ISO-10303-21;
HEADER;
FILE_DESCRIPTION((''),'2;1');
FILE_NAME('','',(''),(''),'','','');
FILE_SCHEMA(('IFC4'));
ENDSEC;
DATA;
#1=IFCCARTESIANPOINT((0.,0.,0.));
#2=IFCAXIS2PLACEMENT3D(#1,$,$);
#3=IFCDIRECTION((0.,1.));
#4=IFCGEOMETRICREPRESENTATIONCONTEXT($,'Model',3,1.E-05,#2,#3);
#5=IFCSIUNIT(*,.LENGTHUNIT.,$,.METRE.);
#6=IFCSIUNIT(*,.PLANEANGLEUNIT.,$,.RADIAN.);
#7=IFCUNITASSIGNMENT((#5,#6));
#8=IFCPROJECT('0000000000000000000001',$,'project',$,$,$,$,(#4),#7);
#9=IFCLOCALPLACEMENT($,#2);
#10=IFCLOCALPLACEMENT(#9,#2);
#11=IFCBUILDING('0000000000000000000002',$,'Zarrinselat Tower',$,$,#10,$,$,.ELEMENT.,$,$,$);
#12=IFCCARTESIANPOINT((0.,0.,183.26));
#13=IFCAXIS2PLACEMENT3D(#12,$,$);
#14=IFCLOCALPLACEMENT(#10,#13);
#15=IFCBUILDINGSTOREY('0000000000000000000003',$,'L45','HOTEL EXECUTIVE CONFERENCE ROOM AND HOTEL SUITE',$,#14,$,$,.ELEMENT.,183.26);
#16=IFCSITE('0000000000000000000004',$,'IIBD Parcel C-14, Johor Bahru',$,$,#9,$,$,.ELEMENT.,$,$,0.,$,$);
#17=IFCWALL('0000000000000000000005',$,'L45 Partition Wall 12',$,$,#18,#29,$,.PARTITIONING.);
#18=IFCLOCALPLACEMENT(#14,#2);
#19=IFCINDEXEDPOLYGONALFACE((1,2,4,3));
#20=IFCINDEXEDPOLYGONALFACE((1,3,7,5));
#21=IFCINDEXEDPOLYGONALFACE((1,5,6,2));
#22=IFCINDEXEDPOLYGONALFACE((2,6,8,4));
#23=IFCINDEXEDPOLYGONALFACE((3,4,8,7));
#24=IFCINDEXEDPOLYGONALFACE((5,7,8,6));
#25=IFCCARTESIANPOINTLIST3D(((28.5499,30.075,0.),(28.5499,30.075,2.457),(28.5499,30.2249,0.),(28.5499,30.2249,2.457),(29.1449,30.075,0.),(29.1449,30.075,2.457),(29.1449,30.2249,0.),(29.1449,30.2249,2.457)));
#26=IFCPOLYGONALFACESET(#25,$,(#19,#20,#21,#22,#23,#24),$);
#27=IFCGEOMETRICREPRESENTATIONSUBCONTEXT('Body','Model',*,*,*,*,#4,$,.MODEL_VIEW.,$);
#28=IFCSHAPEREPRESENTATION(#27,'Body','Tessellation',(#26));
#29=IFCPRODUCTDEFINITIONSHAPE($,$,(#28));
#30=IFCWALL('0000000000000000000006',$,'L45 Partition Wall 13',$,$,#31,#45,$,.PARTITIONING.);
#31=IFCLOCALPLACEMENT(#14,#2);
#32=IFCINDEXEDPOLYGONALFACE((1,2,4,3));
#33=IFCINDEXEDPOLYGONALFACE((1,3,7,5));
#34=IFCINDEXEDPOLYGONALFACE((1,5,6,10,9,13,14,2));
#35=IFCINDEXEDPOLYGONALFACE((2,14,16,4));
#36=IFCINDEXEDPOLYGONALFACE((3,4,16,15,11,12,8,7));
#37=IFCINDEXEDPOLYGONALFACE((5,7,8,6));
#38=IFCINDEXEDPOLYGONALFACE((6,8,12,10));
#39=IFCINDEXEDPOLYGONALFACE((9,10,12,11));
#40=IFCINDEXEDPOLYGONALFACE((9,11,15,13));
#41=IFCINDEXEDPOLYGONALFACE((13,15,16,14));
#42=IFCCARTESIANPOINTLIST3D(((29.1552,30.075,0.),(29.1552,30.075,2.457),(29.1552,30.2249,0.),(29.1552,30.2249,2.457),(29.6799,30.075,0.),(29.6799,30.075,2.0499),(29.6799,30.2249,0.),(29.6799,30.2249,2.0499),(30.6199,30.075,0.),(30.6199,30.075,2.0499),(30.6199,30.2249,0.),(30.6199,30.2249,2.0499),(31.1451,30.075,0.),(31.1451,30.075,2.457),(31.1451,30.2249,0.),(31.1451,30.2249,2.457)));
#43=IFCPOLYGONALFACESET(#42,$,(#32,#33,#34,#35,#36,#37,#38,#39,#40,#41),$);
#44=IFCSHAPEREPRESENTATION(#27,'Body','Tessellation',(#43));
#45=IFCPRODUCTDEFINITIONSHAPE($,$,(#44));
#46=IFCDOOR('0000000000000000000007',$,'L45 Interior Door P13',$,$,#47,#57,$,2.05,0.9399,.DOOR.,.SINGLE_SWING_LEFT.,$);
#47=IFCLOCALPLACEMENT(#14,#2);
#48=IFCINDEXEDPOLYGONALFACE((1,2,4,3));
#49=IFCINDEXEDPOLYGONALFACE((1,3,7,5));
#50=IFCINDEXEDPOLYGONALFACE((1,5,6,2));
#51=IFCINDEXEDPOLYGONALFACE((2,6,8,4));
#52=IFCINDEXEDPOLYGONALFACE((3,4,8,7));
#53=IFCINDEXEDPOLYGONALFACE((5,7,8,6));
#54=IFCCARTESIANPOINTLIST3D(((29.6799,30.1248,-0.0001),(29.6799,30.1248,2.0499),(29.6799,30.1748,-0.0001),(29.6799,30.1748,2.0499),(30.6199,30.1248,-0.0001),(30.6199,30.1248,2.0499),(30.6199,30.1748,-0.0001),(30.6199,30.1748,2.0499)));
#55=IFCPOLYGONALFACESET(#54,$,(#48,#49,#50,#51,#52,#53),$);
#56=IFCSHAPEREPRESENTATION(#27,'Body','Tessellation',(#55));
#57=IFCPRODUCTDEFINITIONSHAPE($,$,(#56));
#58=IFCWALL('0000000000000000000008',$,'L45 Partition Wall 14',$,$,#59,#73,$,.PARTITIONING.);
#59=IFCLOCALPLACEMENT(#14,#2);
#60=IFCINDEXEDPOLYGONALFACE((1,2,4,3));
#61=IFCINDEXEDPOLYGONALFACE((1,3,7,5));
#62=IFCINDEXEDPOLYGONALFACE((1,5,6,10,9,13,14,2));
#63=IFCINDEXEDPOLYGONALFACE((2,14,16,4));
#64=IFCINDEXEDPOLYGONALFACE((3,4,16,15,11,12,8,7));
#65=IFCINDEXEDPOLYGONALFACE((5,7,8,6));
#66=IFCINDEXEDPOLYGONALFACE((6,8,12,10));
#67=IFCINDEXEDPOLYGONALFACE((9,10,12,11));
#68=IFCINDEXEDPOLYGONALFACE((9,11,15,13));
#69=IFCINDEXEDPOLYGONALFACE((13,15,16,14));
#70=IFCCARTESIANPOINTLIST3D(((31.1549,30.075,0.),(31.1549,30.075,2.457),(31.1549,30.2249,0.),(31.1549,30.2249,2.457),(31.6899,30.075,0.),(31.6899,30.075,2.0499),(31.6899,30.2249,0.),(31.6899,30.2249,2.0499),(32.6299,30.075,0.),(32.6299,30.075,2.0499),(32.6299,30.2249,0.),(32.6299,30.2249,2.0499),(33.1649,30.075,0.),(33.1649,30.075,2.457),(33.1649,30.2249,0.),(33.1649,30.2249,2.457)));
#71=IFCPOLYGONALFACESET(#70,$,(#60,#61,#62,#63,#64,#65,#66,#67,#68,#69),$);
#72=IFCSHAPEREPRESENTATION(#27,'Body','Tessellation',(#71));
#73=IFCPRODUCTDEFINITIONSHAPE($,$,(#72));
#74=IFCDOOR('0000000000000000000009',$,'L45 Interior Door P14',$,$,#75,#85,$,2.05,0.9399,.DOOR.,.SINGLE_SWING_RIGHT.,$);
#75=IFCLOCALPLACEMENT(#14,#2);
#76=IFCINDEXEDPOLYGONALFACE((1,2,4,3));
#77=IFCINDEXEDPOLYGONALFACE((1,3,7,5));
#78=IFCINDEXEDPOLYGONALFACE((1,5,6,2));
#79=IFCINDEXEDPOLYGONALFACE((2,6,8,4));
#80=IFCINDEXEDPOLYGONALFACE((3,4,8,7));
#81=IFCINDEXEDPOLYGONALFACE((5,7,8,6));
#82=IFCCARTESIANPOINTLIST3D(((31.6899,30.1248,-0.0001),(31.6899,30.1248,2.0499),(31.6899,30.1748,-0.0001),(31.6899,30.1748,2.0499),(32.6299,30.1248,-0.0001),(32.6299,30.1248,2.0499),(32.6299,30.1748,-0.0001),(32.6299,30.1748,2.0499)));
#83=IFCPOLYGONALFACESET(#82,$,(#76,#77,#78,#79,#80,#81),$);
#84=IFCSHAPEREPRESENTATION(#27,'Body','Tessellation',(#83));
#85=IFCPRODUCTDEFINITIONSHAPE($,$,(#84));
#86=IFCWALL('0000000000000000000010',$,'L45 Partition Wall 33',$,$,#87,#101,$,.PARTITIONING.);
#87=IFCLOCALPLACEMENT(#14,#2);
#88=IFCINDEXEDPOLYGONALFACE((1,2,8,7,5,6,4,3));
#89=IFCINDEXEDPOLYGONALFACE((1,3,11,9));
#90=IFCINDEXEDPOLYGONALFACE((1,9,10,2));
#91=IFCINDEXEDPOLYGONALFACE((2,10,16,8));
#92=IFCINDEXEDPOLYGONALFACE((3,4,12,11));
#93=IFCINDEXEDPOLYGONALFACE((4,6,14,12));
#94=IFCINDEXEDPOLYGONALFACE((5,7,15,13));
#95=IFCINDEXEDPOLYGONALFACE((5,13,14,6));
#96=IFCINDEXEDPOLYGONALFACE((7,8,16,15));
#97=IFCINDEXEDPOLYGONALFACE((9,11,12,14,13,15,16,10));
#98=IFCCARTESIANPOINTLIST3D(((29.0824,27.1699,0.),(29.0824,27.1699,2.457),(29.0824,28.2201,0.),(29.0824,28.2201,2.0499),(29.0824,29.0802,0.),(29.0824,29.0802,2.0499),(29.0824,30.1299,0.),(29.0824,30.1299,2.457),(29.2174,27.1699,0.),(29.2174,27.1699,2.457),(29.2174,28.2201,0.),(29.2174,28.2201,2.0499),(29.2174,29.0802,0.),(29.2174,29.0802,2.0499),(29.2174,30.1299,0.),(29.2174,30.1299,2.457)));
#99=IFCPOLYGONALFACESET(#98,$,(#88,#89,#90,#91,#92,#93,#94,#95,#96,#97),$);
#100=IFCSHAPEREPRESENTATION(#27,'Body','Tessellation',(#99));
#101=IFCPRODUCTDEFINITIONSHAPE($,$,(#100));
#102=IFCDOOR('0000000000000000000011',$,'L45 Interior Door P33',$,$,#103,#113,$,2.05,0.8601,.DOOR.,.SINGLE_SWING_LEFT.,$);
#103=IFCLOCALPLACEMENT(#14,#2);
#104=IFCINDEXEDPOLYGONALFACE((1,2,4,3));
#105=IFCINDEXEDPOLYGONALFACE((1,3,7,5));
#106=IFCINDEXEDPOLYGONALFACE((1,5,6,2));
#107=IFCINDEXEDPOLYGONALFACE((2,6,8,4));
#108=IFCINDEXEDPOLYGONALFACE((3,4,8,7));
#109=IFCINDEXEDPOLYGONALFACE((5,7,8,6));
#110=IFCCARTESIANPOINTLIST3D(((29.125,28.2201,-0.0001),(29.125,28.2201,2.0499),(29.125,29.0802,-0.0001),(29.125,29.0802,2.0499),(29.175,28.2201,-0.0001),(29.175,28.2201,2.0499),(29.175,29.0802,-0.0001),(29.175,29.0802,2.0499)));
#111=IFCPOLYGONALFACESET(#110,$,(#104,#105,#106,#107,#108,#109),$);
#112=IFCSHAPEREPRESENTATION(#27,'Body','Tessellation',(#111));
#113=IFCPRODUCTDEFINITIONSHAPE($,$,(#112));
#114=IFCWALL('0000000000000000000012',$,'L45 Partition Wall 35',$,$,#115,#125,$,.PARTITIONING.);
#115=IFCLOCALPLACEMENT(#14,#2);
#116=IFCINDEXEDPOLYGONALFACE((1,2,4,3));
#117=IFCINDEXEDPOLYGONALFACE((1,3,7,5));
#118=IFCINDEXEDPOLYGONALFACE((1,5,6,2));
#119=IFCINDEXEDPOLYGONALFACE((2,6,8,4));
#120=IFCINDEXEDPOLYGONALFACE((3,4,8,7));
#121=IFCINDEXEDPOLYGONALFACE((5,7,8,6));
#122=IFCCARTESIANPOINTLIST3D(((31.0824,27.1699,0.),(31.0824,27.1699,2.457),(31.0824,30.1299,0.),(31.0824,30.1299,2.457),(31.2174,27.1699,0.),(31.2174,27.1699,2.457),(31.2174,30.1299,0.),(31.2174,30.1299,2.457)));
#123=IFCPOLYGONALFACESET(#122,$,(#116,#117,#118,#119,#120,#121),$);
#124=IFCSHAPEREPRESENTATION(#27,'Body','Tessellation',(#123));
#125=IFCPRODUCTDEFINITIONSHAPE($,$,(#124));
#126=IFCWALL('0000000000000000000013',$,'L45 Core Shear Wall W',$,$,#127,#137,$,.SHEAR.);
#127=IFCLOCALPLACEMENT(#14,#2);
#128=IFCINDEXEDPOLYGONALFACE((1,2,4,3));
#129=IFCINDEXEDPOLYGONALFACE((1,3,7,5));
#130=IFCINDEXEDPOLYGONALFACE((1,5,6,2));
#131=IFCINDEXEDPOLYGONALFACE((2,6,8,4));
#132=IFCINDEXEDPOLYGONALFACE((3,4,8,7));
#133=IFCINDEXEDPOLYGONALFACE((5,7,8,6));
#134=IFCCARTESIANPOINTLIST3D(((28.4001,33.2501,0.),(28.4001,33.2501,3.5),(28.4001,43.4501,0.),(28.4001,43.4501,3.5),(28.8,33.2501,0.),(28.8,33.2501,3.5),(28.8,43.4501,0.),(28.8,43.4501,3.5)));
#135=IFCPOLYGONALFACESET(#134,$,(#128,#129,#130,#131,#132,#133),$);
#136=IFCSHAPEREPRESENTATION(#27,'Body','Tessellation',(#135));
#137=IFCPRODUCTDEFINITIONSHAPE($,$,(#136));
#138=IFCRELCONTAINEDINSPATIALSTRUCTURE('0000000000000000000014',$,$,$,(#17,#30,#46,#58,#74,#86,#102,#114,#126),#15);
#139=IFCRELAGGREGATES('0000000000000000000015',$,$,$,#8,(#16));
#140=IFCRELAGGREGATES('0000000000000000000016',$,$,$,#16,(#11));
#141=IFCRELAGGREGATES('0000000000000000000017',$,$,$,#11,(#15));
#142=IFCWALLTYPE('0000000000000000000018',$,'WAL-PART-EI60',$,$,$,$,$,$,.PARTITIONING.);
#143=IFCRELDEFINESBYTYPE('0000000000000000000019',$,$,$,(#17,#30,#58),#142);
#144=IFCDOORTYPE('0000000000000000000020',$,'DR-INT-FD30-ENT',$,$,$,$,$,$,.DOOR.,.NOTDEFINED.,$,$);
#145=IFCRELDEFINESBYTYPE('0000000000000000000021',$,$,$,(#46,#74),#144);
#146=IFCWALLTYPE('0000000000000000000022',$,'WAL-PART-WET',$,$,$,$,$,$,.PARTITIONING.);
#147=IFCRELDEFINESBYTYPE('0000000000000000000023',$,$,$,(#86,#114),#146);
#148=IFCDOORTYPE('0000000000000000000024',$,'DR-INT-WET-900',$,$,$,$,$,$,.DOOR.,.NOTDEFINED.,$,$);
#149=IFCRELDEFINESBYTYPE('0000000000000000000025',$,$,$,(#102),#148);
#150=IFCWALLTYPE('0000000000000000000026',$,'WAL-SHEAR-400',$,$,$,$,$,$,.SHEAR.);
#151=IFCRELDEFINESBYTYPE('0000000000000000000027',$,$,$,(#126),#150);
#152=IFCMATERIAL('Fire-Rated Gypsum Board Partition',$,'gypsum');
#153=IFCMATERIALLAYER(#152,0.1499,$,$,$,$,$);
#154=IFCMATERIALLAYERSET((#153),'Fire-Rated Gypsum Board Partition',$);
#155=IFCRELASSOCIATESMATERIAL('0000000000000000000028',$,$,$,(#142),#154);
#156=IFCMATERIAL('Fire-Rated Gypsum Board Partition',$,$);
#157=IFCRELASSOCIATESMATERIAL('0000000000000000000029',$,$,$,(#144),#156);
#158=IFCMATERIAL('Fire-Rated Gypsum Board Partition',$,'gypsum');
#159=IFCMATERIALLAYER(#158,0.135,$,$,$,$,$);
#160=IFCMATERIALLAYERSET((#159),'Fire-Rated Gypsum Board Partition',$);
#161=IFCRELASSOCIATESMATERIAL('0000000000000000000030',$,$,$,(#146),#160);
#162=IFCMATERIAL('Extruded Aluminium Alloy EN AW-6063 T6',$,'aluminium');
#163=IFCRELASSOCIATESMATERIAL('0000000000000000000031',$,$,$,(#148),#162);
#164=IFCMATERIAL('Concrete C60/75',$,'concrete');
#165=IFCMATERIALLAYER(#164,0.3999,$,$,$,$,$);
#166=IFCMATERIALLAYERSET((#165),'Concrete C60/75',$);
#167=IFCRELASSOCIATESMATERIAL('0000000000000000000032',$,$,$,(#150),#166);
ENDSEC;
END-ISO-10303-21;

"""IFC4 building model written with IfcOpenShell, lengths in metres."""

from ifc_helpers import new_model, si_unit, direction, frame, frame_2d, origin, place, context, subcontext, project, spatial, rectangle, extrude, material, layer, layer_set, type_object, element, fill, save


model = new_model("IFC4")

# Units and contexts
model_context = context("Model", 3, precision=1e-05, world=origin(), true_north=direction((0.0, 1.0)))
body_context = subcontext(model_context, "Body", "Model", "MODEL_VIEW")
ifc_project = project(units=[si_unit("LENGTHUNIT", "METRE"), si_unit("PLANEANGLEUNIT", "RADIAN")], contexts=[model_context])

# Site, building, storey
site_placement = place(None, origin())
site = spatial("IfcSite", under=ifc_project, at=site_placement, Name="IIBD Parcel C-14, Johor Bahru", CompositionType="ELEMENT", RefElevation=0.0)
building_placement = place(site_placement, origin())
building = spatial("IfcBuilding", under=site, at=building_placement, Name="Zarrinselat Tower", CompositionType="ELEMENT")
storey_placement = place(building_placement, frame((0.0, 0.0, 183.26)))
storey = spatial("IfcBuildingStorey", under=building, at=storey_placement, Name="L45", Description="HOTEL EXECUTIVE CONFERENCE ROOM AND HOTEL SUITE", CompositionType="ELEMENT", Elevation=183.26)

# Wall
ifc_material_1 = material(Name="Fire-Rated Gypsum Board Partition", Category="gypsum")
ifc_layer_1 = layer(ifc_material_1, 0.1499)
ifc_layer_set_1 = layer_set([ifc_layer_1], Name="Fire-Rated Gypsum Board Partition")
wall_type_1 = type_object("IfcWallType", Name="WAL-PART-EI60", PredefinedType="PARTITIONING", material=ifc_layer_set_1)
wall_1_placement = place(storey_placement, frame((28.55, 30.1499, 0.0), z_axis=(0.0, 0.0, 1.0), x_axis=(1.0, 0.0, 0.0)))
element("IfcWall", 1, at=wall_1_placement, inside=storey, type_object=wall_type_1, Name="L45 Partition Wall 12", PredefinedType="PARTITIONING", context=body_context, shape_type="SweptSolid", body=[
    extrude(rectangle(XDim=0.595, YDim=0.1499, at=frame_2d((0.2974, 0.0))), origin(), (0.0, 0.0, 1.0), 2.457),
])

# Walls, openings, doors
wall_2_placement = place(storey_placement, frame((29.155, 30.1499, 0.0), z_axis=(0.0, 0.0, 1.0), x_axis=(1.0, 0.0, 0.0)))
wall_2 = element("IfcWall", 2, at=wall_2_placement, inside=storey, type_object=wall_type_1, Name="L45 Partition Wall 13", PredefinedType="PARTITIONING", context=body_context, shape_type="SweptSolid", body=[
    extrude(rectangle(XDim=1.99, YDim=0.1499, at=frame_2d((0.9951, 0.0))), origin(), (0.0, 0.0, 1.0), 2.457),
])
opening_1_placement = place(wall_2_placement, frame((0.5249, 0.0, 0.0)))
opening_1 = element("IfcOpeningElement", 3, at=opening_1_placement, cuts=wall_2, PredefinedType="OPENING", context=body_context, shape_type="SweptSolid", body=[
    extrude(rectangle(XDim=0.9399, YDim=2.05, at=frame_2d((0.47, 1.0249))), frame((0.0, 0.085, 0.0), z_axis=(0.0, -1.0, 0.0), x_axis=(1.0, 0.0, 0.0)), (0.0, 0.0, 1.0), 0.1699),
])
ifc_material_2 = material(Name="Fire-Rated Gypsum Board Partition")
door_type_1 = type_object("IfcDoorType", Name="DR-INT-FD30-ENT", OperationType="NOTDEFINED", PredefinedType="DOOR", material=ifc_material_2)
door_1_placement = place(opening_1_placement, origin())
door_1 = element("IfcDoor", 4, at=door_1_placement, inside=storey, type_object=door_type_1, Name="L45 Interior Door P13", OperationType="SINGLE_SWING_LEFT", OverallHeight=2.05, OverallWidth=0.9399, PredefinedType="DOOR", context=body_context, shape_type="SweptSolid", body=[
    extrude(rectangle(XDim=0.9399, YDim=2.05, at=frame_2d((0.47, 1.0249))), frame((0.0, 0.0249, 0.0), z_axis=(0.0, -1.0, 0.0), x_axis=(1.0, 0.0, 0.0)), (0.0, 0.0, 1.0), 0.05),
])
fill(opening_1, door_1)
wall_3_placement = place(storey_placement, frame((31.155, 30.1499, 0.0), z_axis=(0.0, 0.0, 1.0), x_axis=(1.0, 0.0, 0.0)))
wall_3 = element("IfcWall", 5, at=wall_3_placement, inside=storey, type_object=wall_type_1, Name="L45 Partition Wall 14", PredefinedType="PARTITIONING", context=body_context, shape_type="SweptSolid", body=[
    extrude(rectangle(XDim=2.01, YDim=0.1499, at=frame_2d((1.0049, 0.0))), origin(), (0.0, 0.0, 1.0), 2.457),
])
opening_2_placement = place(wall_3_placement, frame((0.5349, 0.0, 0.0)))
opening_2 = element("IfcOpeningElement", 6, at=opening_2_placement, cuts=wall_3, PredefinedType="OPENING", context=body_context, shape_type="SweptSolid", body=[
    extrude(rectangle(XDim=0.9399, YDim=2.05, at=frame_2d((0.47, 1.0249))), frame((0.0, 0.085, 0.0), z_axis=(0.0, -1.0, 0.0), x_axis=(1.0, 0.0, 0.0)), (0.0, 0.0, 1.0), 0.1699),
])
door_2_placement = place(opening_2_placement, origin())
door_2 = element("IfcDoor", 7, at=door_2_placement, inside=storey, type_object=door_type_1, Name="L45 Interior Door P14", OperationType="SINGLE_SWING_RIGHT", OverallHeight=2.05, OverallWidth=0.9399, PredefinedType="DOOR", context=body_context, shape_type="SweptSolid", body=[
    extrude(rectangle(XDim=0.9399, YDim=2.05, at=frame_2d((0.47, 1.0249))), frame((0.0, 0.0249, 0.0), z_axis=(0.0, -1.0, 0.0), x_axis=(1.0, 0.0, 0.0)), (0.0, 0.0, 1.0), 0.05),
])
fill(opening_2, door_2)
ifc_material_3 = material(Name="Fire-Rated Gypsum Board Partition", Category="gypsum")
ifc_layer_2 = layer(ifc_material_3, 0.135)
ifc_layer_set_2 = layer_set([ifc_layer_2], Name="Fire-Rated Gypsum Board Partition")
wall_type_2 = type_object("IfcWallType", Name="WAL-PART-WET", PredefinedType="PARTITIONING", material=ifc_layer_set_2)
wall_4_placement = place(storey_placement, frame((29.1499, 27.1699, 0.0), z_axis=(0.0, 0.0, 1.0), x_axis=(0.0, 1.0, 0.0)))
wall_4 = element("IfcWall", 8, at=wall_4_placement, inside=storey, type_object=wall_type_2, Name="L45 Partition Wall 33", PredefinedType="PARTITIONING", context=body_context, shape_type="SweptSolid", body=[
    extrude(rectangle(XDim=2.96, YDim=0.135, at=frame_2d((1.48, 0.0))), origin(), (0.0, 0.0, 1.0), 2.457),
])
opening_3_placement = place(wall_4_placement, frame((1.05, 0.0, 0.0)))
opening_3 = element("IfcOpeningElement", 9, at=opening_3_placement, cuts=wall_4, PredefinedType="OPENING", context=body_context, shape_type="SweptSolid", body=[
    extrude(rectangle(XDim=0.8601, YDim=2.05, at=frame_2d((0.4302, 1.0249))), frame((0.0, 0.0774, 0.0), z_axis=(0.0, -1.0, 0.0), x_axis=(1.0, 0.0, 0.0)), (0.0, 0.0, 1.0), 0.155),
])
ifc_material_4 = material(Name="Extruded Aluminium Alloy EN AW-6063 T6", Category="aluminium")
door_type_2 = type_object("IfcDoorType", Name="DR-INT-WET-900", OperationType="NOTDEFINED", PredefinedType="DOOR", material=ifc_material_4)
door_3_placement = place(opening_3_placement, origin())
door_3 = element("IfcDoor", 10, at=door_3_placement, inside=storey, type_object=door_type_2, Name="L45 Interior Door P33", OperationType="SINGLE_SWING_LEFT", OverallHeight=2.05, OverallWidth=0.8601, PredefinedType="DOOR", context=body_context, shape_type="SweptSolid", body=[
    extrude(rectangle(XDim=0.8601, YDim=2.05, at=frame_2d((0.4302, 1.0249))), frame((0.0, 0.0249, 0.0), z_axis=(0.0, -1.0, 0.0), x_axis=(1.0, 0.0, 0.0)), (0.0, 0.0, 1.0), 0.05),
])
fill(opening_3, door_3)

# Wall
wall_5_placement = place(storey_placement, frame((31.1499, 27.1699, 0.0), z_axis=(0.0, 0.0, 1.0), x_axis=(0.0, 1.0, 0.0)))
element("IfcWall", 11, at=wall_5_placement, inside=storey, type_object=wall_type_2, Name="L45 Partition Wall 35", PredefinedType="PARTITIONING", context=body_context, shape_type="SweptSolid", body=[
    extrude(rectangle(XDim=2.96, YDim=0.135, at=frame_2d((1.48, 0.0))), origin(), (0.0, 0.0, 1.0), 2.457),
])

# Shared definitions
ifc_material_5 = material(Name="Concrete C60/75", Category="concrete")
ifc_layer_3 = layer(ifc_material_5, 0.3999)
ifc_layer_set_3 = layer_set([ifc_layer_3], Name="Concrete C60/75")
wall_type_3 = type_object("IfcWallType", Name="WAL-SHEAR-400", PredefinedType="SHEAR", material=ifc_layer_set_3)

# Wall
wall_6_placement = place(storey_placement, frame((28.6001, 33.25, 0.0), z_axis=(0.0, 0.0, 1.0), x_axis=(0.0, 1.0, 0.0)))
element("IfcWall", 12, at=wall_6_placement, inside=storey, type_object=wall_type_3, Name="L45 Core Shear Wall W", PredefinedType="SHEAR", context=body_context, shape_type="SweptSolid", body=[
    extrude(rectangle(XDim=10.2, YDim=0.3999, at=frame_2d((5.1001, 0.0))), origin(), (0.0, 0.0, 1.0), 3.5),
])

save(model, "model.ifc")
